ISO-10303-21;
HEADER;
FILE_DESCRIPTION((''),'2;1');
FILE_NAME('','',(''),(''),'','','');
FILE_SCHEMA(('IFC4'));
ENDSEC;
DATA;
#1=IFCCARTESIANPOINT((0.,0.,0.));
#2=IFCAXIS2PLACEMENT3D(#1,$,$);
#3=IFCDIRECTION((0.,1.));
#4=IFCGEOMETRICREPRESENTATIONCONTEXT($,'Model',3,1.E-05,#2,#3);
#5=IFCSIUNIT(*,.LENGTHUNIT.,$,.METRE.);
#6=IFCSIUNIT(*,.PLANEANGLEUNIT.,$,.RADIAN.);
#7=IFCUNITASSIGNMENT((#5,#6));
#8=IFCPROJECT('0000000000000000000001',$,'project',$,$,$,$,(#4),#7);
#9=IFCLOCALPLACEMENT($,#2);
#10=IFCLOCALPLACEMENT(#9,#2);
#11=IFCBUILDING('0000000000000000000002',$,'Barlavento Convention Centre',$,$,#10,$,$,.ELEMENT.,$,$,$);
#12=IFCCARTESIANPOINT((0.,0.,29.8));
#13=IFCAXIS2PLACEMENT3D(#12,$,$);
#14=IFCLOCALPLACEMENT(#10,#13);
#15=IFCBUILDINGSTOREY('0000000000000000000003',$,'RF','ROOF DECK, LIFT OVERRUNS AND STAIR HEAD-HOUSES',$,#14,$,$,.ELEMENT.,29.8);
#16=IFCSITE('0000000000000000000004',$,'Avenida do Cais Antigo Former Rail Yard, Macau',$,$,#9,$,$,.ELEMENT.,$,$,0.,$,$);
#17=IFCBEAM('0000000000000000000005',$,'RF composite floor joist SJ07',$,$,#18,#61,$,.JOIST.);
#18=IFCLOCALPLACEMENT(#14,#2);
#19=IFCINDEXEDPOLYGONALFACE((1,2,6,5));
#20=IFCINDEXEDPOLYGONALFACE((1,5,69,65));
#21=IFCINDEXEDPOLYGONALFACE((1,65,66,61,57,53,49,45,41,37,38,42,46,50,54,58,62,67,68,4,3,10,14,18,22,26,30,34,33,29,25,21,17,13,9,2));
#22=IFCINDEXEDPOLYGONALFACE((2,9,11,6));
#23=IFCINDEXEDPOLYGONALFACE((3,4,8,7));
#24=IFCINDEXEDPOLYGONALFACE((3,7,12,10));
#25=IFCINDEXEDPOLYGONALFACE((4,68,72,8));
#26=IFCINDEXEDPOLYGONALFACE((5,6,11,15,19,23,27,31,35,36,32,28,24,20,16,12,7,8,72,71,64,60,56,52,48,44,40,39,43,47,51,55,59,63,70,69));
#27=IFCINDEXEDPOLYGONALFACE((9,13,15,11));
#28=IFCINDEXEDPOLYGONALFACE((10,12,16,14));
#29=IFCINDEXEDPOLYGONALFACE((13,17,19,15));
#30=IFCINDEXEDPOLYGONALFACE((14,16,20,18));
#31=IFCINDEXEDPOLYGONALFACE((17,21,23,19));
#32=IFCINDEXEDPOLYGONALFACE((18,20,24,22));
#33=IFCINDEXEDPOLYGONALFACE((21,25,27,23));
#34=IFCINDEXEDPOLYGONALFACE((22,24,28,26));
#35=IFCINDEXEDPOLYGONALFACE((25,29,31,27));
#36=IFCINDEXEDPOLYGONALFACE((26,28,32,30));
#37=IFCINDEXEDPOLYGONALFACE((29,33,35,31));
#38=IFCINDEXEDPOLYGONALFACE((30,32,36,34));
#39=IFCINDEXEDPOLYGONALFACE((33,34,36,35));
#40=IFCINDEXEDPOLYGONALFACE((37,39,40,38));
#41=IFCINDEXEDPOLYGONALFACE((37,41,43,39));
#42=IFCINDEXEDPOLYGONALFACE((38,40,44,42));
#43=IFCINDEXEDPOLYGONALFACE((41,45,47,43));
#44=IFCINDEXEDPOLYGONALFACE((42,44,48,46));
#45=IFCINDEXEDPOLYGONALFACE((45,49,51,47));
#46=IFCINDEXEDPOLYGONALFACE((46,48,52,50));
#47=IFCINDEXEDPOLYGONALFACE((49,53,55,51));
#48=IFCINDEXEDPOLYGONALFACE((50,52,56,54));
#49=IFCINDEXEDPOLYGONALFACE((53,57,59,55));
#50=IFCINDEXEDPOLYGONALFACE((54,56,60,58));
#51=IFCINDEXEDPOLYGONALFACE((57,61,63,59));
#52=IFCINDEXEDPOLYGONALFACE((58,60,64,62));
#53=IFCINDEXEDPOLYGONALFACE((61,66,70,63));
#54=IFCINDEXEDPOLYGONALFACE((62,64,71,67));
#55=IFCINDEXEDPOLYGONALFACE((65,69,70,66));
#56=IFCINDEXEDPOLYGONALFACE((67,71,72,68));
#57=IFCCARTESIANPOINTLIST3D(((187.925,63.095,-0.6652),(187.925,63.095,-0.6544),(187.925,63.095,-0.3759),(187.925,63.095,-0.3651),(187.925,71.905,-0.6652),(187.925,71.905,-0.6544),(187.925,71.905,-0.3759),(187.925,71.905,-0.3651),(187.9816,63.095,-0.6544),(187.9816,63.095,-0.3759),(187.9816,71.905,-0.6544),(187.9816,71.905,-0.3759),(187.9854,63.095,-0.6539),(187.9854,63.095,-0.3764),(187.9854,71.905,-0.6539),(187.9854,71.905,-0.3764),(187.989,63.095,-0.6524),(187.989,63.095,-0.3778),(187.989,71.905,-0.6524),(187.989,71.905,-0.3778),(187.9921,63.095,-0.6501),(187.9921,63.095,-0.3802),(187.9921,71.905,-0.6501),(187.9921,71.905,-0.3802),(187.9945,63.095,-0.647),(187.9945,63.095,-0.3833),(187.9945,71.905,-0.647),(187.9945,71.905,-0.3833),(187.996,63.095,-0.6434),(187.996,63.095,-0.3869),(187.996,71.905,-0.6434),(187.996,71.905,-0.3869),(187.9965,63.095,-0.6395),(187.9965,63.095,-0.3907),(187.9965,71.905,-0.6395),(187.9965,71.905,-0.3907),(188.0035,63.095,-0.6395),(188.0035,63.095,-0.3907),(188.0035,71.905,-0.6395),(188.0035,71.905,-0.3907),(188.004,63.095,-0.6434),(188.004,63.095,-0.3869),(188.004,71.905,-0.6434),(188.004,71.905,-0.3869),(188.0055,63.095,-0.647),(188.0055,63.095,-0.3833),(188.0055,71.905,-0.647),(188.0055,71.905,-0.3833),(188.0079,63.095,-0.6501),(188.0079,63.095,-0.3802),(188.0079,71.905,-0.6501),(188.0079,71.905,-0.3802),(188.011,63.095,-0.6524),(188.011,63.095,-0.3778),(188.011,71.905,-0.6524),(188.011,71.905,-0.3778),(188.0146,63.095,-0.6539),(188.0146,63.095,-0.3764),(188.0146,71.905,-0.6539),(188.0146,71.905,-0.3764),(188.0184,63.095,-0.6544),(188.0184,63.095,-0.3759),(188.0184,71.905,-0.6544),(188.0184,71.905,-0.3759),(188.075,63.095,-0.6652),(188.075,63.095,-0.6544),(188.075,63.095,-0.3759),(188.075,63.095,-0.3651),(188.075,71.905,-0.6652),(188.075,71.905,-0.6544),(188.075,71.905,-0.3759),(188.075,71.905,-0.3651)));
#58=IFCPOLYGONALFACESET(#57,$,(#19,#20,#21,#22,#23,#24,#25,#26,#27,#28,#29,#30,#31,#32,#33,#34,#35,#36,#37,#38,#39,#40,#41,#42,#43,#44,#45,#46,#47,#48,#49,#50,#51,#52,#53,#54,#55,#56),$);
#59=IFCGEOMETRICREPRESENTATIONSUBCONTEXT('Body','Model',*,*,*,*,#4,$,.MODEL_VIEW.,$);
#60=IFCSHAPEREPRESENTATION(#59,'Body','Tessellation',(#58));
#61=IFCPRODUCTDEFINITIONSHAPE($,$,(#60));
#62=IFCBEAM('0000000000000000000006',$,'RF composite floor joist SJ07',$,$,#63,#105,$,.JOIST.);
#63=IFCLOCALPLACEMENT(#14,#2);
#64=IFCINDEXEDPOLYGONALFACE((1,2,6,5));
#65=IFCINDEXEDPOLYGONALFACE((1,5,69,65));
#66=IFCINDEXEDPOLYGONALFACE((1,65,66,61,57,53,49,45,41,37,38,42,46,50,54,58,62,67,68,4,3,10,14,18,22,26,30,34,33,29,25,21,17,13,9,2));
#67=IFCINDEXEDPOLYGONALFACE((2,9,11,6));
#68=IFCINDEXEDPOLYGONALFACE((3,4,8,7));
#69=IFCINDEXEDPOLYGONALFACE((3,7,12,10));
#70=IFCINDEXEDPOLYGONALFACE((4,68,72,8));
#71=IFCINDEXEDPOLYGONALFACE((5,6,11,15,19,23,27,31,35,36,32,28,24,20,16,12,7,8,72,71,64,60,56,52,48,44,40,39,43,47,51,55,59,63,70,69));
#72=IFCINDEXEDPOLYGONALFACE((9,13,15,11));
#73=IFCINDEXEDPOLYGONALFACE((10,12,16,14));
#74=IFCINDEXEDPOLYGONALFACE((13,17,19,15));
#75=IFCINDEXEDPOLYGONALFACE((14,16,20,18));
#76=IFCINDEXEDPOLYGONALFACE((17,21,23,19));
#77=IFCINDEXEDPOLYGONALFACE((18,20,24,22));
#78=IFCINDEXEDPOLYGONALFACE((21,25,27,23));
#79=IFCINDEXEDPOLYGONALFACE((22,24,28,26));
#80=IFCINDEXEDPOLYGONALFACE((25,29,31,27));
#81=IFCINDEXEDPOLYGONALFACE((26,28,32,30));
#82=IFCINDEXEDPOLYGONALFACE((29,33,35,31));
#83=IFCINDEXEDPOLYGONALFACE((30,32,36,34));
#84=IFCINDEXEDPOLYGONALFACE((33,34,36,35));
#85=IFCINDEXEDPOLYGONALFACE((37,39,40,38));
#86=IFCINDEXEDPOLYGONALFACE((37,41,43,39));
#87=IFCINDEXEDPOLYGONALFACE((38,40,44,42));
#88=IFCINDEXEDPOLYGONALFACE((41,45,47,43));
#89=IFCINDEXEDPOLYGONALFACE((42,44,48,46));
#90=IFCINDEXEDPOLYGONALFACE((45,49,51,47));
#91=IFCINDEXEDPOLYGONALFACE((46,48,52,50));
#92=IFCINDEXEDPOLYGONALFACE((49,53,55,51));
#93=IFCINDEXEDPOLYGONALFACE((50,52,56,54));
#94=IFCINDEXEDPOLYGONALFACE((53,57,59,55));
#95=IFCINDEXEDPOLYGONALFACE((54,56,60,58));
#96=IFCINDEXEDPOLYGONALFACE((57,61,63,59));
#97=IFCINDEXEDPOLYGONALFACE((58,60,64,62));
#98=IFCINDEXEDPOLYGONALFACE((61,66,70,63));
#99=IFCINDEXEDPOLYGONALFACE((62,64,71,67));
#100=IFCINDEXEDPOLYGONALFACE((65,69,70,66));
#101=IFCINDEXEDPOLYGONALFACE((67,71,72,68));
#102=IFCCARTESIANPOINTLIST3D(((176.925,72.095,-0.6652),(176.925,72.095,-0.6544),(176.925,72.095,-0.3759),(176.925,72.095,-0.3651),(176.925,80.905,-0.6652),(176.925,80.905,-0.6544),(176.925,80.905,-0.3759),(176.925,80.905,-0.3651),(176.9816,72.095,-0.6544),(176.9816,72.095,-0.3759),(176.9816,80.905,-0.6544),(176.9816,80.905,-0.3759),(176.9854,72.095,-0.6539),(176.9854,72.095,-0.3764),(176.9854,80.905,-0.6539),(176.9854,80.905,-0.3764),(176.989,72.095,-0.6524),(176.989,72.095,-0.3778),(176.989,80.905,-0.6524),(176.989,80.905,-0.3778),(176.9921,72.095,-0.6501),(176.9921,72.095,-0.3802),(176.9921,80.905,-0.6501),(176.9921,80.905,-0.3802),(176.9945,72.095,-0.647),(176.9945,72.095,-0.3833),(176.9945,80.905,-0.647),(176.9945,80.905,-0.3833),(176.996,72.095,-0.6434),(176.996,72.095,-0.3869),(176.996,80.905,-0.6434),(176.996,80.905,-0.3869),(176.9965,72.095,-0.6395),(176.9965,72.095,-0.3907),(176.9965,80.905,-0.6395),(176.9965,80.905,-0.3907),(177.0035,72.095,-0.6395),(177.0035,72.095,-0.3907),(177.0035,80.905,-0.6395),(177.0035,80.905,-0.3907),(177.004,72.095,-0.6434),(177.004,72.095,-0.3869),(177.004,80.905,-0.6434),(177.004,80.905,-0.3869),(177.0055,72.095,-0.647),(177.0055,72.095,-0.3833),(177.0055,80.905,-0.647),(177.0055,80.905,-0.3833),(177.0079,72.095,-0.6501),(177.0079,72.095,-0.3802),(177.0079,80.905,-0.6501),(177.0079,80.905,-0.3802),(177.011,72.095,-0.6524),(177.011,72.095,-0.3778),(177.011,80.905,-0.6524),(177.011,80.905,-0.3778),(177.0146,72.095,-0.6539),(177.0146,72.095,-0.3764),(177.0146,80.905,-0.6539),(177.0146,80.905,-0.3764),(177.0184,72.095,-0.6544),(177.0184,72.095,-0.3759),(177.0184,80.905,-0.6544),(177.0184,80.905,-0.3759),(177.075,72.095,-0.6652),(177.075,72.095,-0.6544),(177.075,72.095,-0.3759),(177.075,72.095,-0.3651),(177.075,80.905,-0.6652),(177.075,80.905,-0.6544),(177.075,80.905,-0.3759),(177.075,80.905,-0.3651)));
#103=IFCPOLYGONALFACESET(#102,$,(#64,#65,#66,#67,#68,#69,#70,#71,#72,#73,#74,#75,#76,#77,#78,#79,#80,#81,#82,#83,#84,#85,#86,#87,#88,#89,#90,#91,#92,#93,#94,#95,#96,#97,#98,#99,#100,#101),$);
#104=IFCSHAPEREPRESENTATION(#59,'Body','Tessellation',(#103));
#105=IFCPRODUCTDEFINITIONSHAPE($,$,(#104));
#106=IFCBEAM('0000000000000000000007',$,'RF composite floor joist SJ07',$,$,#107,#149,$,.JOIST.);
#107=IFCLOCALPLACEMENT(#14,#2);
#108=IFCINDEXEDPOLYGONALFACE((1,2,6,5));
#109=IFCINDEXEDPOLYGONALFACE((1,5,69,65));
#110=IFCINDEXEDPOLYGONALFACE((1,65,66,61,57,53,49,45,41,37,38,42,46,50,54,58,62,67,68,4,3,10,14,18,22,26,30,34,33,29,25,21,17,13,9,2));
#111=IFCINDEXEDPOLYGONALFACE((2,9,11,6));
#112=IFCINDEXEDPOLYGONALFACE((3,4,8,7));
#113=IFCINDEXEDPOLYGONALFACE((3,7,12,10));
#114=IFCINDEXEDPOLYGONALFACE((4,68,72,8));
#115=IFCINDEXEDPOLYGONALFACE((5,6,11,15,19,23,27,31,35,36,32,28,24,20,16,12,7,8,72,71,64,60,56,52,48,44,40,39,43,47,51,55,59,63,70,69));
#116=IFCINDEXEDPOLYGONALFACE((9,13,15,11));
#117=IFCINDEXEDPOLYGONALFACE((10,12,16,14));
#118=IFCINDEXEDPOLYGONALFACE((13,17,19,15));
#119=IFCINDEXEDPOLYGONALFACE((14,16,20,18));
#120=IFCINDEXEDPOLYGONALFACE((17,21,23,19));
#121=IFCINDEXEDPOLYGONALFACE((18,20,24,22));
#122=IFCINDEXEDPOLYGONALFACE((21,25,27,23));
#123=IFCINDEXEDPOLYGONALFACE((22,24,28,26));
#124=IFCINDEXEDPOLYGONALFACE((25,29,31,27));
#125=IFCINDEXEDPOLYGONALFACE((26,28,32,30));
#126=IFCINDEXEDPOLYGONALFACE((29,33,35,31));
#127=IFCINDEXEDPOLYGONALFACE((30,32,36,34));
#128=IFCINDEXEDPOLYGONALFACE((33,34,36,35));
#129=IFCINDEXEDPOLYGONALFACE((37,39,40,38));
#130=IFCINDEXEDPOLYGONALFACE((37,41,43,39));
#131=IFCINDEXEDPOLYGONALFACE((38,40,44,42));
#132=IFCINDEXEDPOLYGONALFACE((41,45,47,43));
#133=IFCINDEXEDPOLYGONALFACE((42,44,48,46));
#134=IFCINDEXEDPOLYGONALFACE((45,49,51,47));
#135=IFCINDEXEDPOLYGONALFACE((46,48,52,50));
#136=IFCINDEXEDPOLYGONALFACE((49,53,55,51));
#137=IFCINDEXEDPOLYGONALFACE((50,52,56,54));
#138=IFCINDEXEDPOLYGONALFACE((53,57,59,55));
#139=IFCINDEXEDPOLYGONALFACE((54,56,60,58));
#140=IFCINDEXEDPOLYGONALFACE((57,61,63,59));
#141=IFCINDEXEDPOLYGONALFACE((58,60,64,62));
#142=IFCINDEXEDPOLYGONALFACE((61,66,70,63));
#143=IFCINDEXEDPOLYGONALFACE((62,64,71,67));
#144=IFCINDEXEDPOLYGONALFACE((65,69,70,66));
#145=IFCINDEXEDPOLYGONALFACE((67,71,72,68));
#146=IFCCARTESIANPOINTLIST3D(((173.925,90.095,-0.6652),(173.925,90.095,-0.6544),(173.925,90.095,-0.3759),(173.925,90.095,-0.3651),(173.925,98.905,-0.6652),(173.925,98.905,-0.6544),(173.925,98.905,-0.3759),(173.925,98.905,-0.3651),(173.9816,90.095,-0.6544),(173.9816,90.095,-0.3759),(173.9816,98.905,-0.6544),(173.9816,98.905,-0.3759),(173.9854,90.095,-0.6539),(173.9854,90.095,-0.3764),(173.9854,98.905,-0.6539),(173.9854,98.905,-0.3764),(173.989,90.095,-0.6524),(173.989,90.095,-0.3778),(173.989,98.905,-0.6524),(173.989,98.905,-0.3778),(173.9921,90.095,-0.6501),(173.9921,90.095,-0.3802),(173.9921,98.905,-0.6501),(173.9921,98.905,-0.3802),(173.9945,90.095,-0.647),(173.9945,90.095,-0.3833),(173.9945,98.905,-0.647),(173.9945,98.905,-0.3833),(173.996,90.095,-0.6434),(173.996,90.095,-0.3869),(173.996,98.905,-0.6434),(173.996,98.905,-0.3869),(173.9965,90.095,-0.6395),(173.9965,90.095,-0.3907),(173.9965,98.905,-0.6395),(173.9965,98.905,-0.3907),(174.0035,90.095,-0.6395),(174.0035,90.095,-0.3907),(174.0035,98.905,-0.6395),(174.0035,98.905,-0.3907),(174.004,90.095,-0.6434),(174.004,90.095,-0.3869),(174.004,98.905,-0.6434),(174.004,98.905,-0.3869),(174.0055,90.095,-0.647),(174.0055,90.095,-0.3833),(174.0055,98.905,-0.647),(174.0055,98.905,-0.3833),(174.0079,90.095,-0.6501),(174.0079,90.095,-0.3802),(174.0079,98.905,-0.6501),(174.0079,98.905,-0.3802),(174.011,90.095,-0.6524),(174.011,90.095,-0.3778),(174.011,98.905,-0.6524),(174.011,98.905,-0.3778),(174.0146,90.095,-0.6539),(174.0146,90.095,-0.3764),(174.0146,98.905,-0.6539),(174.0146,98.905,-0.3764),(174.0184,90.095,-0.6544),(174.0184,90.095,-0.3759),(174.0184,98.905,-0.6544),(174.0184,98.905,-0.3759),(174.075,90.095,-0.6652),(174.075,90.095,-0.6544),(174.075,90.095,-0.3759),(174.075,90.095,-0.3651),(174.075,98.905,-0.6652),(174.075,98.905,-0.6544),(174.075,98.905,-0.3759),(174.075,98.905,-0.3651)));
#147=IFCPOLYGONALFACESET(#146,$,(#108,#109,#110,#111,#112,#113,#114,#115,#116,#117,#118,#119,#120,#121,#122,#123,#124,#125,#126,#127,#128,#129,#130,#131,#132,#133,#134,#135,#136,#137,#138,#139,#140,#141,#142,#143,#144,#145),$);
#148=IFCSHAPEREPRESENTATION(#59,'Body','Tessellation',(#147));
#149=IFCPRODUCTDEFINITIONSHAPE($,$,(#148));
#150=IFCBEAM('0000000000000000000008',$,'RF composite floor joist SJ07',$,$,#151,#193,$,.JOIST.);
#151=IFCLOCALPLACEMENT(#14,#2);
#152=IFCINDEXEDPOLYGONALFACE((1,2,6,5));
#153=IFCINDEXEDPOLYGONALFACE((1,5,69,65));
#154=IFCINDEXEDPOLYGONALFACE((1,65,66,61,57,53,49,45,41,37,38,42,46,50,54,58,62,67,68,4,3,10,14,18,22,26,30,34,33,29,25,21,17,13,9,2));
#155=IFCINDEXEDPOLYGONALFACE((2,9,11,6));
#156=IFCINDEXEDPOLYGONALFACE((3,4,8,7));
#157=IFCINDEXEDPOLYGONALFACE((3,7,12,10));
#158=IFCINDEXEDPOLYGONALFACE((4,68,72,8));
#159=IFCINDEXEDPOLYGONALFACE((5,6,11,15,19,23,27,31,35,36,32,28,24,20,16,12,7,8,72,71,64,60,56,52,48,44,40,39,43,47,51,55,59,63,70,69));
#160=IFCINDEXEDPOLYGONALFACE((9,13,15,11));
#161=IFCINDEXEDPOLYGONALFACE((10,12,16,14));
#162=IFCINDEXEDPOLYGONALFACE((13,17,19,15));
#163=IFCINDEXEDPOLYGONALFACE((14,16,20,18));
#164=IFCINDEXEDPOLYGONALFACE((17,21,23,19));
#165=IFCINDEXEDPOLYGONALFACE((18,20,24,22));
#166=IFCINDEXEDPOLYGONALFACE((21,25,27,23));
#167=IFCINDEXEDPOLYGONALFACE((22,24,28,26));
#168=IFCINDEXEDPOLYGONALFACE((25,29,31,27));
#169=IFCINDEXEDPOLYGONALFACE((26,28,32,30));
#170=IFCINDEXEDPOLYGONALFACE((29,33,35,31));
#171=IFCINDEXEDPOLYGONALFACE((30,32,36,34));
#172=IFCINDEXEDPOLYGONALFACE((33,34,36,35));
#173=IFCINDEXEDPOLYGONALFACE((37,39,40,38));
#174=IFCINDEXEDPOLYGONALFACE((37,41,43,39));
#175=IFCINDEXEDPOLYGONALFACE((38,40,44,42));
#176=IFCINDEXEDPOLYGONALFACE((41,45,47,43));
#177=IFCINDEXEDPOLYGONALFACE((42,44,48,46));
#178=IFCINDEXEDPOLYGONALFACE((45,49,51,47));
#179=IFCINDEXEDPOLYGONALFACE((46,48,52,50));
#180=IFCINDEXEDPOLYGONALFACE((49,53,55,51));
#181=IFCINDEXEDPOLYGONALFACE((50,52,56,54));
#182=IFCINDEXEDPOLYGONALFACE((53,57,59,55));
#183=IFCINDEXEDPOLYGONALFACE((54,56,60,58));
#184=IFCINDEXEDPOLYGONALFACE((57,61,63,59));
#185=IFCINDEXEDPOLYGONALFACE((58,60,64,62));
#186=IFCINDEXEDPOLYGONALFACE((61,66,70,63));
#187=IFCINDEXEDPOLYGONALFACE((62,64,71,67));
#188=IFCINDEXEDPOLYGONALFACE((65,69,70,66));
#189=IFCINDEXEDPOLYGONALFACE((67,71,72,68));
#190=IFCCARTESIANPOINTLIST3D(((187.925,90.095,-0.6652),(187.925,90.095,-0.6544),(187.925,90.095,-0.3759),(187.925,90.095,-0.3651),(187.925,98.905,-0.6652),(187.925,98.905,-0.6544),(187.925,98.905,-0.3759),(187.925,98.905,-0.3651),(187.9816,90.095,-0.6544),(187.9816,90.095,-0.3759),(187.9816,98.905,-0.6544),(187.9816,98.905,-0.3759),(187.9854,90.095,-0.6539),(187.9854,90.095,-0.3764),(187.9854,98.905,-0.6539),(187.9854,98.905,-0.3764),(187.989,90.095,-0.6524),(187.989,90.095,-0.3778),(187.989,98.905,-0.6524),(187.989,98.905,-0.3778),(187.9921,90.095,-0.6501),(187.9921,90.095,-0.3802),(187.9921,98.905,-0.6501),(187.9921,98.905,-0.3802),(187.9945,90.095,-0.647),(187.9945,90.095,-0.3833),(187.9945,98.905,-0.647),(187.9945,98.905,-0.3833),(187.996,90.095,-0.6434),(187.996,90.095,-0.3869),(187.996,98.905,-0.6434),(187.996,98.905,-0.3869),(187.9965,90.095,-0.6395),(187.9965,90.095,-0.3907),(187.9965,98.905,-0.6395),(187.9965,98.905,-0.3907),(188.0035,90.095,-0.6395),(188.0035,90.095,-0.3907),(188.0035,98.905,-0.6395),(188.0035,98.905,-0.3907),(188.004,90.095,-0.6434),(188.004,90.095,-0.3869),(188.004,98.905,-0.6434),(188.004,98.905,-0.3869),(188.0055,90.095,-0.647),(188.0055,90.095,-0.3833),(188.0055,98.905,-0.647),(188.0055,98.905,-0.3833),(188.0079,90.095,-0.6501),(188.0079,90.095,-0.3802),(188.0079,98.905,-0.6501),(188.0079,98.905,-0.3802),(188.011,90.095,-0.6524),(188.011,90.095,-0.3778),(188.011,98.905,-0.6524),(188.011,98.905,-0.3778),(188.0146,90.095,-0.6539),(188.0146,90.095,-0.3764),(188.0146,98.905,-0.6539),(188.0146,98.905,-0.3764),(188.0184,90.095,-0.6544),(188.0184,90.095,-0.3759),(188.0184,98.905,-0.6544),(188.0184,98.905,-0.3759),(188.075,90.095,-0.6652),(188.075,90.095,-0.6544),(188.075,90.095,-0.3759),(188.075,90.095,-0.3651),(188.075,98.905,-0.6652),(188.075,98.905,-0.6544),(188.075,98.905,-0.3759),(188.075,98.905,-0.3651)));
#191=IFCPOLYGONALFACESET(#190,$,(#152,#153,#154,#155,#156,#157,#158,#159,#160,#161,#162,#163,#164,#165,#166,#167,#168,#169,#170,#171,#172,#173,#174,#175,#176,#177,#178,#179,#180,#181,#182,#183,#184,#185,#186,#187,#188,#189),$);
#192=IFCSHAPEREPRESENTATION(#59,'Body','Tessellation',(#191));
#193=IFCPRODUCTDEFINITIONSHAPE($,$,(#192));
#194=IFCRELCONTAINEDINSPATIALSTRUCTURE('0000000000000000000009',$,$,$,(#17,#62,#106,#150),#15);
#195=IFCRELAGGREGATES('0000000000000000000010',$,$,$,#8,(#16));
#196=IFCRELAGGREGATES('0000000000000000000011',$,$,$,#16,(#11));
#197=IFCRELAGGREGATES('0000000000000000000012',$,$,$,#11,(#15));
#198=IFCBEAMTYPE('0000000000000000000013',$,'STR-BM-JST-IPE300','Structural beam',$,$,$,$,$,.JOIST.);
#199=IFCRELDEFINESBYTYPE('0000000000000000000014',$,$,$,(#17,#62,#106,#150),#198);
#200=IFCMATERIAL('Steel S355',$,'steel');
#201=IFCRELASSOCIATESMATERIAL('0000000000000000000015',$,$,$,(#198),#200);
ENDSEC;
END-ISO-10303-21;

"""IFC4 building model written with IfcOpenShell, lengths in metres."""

from ifc_helpers import new_model, si_unit, direction, frame, origin, origin_2d, place, context, subcontext, project, spatial, i_section, extrude, material, material_profile, profile_set, type_object, element, save


model = new_model("IFC4")

# Units and contexts
model_context = context("Model", 3, precision=1e-05, world=origin(), true_north=direction((0.0, 1.0)))
body_context = subcontext(model_context, "Body", "Model", "MODEL_VIEW")
ifc_project = project(units=[si_unit("LENGTHUNIT", "METRE"), si_unit("PLANEANGLEUNIT", "RADIAN")], contexts=[model_context])

# Site, building, storey
site_placement = place(None, origin())
site = spatial("IfcSite", under=ifc_project, at=site_placement, Name="Avenida do Cais Antigo Former Rail Yard, Macau", CompositionType="ELEMENT", RefElevation=0.0)
building_placement = place(site_placement, origin())
building = spatial("IfcBuilding", under=site, at=building_placement, Name="Barlavento Convention Centre", CompositionType="ELEMENT")
storey_placement = place(building_placement, frame((0.0, 0.0, 29.8)))
storey = spatial("IfcBuildingStorey", under=building, at=storey_placement, Name="RF", Description="ROOF DECK, LIFT OVERRUNS AND STAIR HEAD-HOUSES", CompositionType="ELEMENT", Elevation=29.8)

# Beams
ifc_material_1 = material(Name="Steel S355", Category="steel")
ifc_material_profile_1 = material_profile(ifc_material_1, i_section(OverallWidth=0.1499, OverallDepth=0.3, WebThickness=0.0071, FlangeThickness=0.0107, FilletRadius=0.0149, at=origin_2d()), Name="IPE 300")
ifc_profile_set_1 = profile_set([ifc_material_profile_1], Name="Steel S355")
beam_type_1 = type_object("IfcBeamType", Name="STR-BM-JST-IPE300", Description="Structural beam", PredefinedType="JOIST", material=ifc_profile_set_1)
for number, where, z_axis, x_axis, name in (
    (1, (188.0, 63.095, -0.5151), (0.0, 1.0, 0.0), (-1.0, 0.0, 0.0), "RF composite floor joist SJ07"),
    (2, (177.0, 72.095, -0.5151), (0.0, 1.0, 0.0), (-1.0, 0.0, 0.0), "RF composite floor joist SJ07"),
    (3, (174.0, 90.095, -0.5151), (0.0, 1.0, 0.0), (-1.0, 0.0, 0.0), "RF composite floor joist SJ07"),
    (4, (188.0, 90.095, -0.5151), (0.0, 1.0, 0.0), (-1.0, 0.0, 0.0), "RF composite floor joist SJ07"),
):
    element("IfcBeam", number, at=place(storey_placement, frame(where, z_axis=z_axis, x_axis=x_axis)), inside=storey, type_object=beam_type_1, Name=name, PredefinedType="JOIST", context=body_context, shape_type="SweptSolid", body=[
        extrude(i_section(OverallWidth=0.1499, OverallDepth=0.3, WebThickness=0.0071, FlangeThickness=0.0107, FilletRadius=0.0149, at=origin_2d()), origin(), (0.0, 0.0, 1.0), 8.8101),
    ])

save(model, "model.ifc")
